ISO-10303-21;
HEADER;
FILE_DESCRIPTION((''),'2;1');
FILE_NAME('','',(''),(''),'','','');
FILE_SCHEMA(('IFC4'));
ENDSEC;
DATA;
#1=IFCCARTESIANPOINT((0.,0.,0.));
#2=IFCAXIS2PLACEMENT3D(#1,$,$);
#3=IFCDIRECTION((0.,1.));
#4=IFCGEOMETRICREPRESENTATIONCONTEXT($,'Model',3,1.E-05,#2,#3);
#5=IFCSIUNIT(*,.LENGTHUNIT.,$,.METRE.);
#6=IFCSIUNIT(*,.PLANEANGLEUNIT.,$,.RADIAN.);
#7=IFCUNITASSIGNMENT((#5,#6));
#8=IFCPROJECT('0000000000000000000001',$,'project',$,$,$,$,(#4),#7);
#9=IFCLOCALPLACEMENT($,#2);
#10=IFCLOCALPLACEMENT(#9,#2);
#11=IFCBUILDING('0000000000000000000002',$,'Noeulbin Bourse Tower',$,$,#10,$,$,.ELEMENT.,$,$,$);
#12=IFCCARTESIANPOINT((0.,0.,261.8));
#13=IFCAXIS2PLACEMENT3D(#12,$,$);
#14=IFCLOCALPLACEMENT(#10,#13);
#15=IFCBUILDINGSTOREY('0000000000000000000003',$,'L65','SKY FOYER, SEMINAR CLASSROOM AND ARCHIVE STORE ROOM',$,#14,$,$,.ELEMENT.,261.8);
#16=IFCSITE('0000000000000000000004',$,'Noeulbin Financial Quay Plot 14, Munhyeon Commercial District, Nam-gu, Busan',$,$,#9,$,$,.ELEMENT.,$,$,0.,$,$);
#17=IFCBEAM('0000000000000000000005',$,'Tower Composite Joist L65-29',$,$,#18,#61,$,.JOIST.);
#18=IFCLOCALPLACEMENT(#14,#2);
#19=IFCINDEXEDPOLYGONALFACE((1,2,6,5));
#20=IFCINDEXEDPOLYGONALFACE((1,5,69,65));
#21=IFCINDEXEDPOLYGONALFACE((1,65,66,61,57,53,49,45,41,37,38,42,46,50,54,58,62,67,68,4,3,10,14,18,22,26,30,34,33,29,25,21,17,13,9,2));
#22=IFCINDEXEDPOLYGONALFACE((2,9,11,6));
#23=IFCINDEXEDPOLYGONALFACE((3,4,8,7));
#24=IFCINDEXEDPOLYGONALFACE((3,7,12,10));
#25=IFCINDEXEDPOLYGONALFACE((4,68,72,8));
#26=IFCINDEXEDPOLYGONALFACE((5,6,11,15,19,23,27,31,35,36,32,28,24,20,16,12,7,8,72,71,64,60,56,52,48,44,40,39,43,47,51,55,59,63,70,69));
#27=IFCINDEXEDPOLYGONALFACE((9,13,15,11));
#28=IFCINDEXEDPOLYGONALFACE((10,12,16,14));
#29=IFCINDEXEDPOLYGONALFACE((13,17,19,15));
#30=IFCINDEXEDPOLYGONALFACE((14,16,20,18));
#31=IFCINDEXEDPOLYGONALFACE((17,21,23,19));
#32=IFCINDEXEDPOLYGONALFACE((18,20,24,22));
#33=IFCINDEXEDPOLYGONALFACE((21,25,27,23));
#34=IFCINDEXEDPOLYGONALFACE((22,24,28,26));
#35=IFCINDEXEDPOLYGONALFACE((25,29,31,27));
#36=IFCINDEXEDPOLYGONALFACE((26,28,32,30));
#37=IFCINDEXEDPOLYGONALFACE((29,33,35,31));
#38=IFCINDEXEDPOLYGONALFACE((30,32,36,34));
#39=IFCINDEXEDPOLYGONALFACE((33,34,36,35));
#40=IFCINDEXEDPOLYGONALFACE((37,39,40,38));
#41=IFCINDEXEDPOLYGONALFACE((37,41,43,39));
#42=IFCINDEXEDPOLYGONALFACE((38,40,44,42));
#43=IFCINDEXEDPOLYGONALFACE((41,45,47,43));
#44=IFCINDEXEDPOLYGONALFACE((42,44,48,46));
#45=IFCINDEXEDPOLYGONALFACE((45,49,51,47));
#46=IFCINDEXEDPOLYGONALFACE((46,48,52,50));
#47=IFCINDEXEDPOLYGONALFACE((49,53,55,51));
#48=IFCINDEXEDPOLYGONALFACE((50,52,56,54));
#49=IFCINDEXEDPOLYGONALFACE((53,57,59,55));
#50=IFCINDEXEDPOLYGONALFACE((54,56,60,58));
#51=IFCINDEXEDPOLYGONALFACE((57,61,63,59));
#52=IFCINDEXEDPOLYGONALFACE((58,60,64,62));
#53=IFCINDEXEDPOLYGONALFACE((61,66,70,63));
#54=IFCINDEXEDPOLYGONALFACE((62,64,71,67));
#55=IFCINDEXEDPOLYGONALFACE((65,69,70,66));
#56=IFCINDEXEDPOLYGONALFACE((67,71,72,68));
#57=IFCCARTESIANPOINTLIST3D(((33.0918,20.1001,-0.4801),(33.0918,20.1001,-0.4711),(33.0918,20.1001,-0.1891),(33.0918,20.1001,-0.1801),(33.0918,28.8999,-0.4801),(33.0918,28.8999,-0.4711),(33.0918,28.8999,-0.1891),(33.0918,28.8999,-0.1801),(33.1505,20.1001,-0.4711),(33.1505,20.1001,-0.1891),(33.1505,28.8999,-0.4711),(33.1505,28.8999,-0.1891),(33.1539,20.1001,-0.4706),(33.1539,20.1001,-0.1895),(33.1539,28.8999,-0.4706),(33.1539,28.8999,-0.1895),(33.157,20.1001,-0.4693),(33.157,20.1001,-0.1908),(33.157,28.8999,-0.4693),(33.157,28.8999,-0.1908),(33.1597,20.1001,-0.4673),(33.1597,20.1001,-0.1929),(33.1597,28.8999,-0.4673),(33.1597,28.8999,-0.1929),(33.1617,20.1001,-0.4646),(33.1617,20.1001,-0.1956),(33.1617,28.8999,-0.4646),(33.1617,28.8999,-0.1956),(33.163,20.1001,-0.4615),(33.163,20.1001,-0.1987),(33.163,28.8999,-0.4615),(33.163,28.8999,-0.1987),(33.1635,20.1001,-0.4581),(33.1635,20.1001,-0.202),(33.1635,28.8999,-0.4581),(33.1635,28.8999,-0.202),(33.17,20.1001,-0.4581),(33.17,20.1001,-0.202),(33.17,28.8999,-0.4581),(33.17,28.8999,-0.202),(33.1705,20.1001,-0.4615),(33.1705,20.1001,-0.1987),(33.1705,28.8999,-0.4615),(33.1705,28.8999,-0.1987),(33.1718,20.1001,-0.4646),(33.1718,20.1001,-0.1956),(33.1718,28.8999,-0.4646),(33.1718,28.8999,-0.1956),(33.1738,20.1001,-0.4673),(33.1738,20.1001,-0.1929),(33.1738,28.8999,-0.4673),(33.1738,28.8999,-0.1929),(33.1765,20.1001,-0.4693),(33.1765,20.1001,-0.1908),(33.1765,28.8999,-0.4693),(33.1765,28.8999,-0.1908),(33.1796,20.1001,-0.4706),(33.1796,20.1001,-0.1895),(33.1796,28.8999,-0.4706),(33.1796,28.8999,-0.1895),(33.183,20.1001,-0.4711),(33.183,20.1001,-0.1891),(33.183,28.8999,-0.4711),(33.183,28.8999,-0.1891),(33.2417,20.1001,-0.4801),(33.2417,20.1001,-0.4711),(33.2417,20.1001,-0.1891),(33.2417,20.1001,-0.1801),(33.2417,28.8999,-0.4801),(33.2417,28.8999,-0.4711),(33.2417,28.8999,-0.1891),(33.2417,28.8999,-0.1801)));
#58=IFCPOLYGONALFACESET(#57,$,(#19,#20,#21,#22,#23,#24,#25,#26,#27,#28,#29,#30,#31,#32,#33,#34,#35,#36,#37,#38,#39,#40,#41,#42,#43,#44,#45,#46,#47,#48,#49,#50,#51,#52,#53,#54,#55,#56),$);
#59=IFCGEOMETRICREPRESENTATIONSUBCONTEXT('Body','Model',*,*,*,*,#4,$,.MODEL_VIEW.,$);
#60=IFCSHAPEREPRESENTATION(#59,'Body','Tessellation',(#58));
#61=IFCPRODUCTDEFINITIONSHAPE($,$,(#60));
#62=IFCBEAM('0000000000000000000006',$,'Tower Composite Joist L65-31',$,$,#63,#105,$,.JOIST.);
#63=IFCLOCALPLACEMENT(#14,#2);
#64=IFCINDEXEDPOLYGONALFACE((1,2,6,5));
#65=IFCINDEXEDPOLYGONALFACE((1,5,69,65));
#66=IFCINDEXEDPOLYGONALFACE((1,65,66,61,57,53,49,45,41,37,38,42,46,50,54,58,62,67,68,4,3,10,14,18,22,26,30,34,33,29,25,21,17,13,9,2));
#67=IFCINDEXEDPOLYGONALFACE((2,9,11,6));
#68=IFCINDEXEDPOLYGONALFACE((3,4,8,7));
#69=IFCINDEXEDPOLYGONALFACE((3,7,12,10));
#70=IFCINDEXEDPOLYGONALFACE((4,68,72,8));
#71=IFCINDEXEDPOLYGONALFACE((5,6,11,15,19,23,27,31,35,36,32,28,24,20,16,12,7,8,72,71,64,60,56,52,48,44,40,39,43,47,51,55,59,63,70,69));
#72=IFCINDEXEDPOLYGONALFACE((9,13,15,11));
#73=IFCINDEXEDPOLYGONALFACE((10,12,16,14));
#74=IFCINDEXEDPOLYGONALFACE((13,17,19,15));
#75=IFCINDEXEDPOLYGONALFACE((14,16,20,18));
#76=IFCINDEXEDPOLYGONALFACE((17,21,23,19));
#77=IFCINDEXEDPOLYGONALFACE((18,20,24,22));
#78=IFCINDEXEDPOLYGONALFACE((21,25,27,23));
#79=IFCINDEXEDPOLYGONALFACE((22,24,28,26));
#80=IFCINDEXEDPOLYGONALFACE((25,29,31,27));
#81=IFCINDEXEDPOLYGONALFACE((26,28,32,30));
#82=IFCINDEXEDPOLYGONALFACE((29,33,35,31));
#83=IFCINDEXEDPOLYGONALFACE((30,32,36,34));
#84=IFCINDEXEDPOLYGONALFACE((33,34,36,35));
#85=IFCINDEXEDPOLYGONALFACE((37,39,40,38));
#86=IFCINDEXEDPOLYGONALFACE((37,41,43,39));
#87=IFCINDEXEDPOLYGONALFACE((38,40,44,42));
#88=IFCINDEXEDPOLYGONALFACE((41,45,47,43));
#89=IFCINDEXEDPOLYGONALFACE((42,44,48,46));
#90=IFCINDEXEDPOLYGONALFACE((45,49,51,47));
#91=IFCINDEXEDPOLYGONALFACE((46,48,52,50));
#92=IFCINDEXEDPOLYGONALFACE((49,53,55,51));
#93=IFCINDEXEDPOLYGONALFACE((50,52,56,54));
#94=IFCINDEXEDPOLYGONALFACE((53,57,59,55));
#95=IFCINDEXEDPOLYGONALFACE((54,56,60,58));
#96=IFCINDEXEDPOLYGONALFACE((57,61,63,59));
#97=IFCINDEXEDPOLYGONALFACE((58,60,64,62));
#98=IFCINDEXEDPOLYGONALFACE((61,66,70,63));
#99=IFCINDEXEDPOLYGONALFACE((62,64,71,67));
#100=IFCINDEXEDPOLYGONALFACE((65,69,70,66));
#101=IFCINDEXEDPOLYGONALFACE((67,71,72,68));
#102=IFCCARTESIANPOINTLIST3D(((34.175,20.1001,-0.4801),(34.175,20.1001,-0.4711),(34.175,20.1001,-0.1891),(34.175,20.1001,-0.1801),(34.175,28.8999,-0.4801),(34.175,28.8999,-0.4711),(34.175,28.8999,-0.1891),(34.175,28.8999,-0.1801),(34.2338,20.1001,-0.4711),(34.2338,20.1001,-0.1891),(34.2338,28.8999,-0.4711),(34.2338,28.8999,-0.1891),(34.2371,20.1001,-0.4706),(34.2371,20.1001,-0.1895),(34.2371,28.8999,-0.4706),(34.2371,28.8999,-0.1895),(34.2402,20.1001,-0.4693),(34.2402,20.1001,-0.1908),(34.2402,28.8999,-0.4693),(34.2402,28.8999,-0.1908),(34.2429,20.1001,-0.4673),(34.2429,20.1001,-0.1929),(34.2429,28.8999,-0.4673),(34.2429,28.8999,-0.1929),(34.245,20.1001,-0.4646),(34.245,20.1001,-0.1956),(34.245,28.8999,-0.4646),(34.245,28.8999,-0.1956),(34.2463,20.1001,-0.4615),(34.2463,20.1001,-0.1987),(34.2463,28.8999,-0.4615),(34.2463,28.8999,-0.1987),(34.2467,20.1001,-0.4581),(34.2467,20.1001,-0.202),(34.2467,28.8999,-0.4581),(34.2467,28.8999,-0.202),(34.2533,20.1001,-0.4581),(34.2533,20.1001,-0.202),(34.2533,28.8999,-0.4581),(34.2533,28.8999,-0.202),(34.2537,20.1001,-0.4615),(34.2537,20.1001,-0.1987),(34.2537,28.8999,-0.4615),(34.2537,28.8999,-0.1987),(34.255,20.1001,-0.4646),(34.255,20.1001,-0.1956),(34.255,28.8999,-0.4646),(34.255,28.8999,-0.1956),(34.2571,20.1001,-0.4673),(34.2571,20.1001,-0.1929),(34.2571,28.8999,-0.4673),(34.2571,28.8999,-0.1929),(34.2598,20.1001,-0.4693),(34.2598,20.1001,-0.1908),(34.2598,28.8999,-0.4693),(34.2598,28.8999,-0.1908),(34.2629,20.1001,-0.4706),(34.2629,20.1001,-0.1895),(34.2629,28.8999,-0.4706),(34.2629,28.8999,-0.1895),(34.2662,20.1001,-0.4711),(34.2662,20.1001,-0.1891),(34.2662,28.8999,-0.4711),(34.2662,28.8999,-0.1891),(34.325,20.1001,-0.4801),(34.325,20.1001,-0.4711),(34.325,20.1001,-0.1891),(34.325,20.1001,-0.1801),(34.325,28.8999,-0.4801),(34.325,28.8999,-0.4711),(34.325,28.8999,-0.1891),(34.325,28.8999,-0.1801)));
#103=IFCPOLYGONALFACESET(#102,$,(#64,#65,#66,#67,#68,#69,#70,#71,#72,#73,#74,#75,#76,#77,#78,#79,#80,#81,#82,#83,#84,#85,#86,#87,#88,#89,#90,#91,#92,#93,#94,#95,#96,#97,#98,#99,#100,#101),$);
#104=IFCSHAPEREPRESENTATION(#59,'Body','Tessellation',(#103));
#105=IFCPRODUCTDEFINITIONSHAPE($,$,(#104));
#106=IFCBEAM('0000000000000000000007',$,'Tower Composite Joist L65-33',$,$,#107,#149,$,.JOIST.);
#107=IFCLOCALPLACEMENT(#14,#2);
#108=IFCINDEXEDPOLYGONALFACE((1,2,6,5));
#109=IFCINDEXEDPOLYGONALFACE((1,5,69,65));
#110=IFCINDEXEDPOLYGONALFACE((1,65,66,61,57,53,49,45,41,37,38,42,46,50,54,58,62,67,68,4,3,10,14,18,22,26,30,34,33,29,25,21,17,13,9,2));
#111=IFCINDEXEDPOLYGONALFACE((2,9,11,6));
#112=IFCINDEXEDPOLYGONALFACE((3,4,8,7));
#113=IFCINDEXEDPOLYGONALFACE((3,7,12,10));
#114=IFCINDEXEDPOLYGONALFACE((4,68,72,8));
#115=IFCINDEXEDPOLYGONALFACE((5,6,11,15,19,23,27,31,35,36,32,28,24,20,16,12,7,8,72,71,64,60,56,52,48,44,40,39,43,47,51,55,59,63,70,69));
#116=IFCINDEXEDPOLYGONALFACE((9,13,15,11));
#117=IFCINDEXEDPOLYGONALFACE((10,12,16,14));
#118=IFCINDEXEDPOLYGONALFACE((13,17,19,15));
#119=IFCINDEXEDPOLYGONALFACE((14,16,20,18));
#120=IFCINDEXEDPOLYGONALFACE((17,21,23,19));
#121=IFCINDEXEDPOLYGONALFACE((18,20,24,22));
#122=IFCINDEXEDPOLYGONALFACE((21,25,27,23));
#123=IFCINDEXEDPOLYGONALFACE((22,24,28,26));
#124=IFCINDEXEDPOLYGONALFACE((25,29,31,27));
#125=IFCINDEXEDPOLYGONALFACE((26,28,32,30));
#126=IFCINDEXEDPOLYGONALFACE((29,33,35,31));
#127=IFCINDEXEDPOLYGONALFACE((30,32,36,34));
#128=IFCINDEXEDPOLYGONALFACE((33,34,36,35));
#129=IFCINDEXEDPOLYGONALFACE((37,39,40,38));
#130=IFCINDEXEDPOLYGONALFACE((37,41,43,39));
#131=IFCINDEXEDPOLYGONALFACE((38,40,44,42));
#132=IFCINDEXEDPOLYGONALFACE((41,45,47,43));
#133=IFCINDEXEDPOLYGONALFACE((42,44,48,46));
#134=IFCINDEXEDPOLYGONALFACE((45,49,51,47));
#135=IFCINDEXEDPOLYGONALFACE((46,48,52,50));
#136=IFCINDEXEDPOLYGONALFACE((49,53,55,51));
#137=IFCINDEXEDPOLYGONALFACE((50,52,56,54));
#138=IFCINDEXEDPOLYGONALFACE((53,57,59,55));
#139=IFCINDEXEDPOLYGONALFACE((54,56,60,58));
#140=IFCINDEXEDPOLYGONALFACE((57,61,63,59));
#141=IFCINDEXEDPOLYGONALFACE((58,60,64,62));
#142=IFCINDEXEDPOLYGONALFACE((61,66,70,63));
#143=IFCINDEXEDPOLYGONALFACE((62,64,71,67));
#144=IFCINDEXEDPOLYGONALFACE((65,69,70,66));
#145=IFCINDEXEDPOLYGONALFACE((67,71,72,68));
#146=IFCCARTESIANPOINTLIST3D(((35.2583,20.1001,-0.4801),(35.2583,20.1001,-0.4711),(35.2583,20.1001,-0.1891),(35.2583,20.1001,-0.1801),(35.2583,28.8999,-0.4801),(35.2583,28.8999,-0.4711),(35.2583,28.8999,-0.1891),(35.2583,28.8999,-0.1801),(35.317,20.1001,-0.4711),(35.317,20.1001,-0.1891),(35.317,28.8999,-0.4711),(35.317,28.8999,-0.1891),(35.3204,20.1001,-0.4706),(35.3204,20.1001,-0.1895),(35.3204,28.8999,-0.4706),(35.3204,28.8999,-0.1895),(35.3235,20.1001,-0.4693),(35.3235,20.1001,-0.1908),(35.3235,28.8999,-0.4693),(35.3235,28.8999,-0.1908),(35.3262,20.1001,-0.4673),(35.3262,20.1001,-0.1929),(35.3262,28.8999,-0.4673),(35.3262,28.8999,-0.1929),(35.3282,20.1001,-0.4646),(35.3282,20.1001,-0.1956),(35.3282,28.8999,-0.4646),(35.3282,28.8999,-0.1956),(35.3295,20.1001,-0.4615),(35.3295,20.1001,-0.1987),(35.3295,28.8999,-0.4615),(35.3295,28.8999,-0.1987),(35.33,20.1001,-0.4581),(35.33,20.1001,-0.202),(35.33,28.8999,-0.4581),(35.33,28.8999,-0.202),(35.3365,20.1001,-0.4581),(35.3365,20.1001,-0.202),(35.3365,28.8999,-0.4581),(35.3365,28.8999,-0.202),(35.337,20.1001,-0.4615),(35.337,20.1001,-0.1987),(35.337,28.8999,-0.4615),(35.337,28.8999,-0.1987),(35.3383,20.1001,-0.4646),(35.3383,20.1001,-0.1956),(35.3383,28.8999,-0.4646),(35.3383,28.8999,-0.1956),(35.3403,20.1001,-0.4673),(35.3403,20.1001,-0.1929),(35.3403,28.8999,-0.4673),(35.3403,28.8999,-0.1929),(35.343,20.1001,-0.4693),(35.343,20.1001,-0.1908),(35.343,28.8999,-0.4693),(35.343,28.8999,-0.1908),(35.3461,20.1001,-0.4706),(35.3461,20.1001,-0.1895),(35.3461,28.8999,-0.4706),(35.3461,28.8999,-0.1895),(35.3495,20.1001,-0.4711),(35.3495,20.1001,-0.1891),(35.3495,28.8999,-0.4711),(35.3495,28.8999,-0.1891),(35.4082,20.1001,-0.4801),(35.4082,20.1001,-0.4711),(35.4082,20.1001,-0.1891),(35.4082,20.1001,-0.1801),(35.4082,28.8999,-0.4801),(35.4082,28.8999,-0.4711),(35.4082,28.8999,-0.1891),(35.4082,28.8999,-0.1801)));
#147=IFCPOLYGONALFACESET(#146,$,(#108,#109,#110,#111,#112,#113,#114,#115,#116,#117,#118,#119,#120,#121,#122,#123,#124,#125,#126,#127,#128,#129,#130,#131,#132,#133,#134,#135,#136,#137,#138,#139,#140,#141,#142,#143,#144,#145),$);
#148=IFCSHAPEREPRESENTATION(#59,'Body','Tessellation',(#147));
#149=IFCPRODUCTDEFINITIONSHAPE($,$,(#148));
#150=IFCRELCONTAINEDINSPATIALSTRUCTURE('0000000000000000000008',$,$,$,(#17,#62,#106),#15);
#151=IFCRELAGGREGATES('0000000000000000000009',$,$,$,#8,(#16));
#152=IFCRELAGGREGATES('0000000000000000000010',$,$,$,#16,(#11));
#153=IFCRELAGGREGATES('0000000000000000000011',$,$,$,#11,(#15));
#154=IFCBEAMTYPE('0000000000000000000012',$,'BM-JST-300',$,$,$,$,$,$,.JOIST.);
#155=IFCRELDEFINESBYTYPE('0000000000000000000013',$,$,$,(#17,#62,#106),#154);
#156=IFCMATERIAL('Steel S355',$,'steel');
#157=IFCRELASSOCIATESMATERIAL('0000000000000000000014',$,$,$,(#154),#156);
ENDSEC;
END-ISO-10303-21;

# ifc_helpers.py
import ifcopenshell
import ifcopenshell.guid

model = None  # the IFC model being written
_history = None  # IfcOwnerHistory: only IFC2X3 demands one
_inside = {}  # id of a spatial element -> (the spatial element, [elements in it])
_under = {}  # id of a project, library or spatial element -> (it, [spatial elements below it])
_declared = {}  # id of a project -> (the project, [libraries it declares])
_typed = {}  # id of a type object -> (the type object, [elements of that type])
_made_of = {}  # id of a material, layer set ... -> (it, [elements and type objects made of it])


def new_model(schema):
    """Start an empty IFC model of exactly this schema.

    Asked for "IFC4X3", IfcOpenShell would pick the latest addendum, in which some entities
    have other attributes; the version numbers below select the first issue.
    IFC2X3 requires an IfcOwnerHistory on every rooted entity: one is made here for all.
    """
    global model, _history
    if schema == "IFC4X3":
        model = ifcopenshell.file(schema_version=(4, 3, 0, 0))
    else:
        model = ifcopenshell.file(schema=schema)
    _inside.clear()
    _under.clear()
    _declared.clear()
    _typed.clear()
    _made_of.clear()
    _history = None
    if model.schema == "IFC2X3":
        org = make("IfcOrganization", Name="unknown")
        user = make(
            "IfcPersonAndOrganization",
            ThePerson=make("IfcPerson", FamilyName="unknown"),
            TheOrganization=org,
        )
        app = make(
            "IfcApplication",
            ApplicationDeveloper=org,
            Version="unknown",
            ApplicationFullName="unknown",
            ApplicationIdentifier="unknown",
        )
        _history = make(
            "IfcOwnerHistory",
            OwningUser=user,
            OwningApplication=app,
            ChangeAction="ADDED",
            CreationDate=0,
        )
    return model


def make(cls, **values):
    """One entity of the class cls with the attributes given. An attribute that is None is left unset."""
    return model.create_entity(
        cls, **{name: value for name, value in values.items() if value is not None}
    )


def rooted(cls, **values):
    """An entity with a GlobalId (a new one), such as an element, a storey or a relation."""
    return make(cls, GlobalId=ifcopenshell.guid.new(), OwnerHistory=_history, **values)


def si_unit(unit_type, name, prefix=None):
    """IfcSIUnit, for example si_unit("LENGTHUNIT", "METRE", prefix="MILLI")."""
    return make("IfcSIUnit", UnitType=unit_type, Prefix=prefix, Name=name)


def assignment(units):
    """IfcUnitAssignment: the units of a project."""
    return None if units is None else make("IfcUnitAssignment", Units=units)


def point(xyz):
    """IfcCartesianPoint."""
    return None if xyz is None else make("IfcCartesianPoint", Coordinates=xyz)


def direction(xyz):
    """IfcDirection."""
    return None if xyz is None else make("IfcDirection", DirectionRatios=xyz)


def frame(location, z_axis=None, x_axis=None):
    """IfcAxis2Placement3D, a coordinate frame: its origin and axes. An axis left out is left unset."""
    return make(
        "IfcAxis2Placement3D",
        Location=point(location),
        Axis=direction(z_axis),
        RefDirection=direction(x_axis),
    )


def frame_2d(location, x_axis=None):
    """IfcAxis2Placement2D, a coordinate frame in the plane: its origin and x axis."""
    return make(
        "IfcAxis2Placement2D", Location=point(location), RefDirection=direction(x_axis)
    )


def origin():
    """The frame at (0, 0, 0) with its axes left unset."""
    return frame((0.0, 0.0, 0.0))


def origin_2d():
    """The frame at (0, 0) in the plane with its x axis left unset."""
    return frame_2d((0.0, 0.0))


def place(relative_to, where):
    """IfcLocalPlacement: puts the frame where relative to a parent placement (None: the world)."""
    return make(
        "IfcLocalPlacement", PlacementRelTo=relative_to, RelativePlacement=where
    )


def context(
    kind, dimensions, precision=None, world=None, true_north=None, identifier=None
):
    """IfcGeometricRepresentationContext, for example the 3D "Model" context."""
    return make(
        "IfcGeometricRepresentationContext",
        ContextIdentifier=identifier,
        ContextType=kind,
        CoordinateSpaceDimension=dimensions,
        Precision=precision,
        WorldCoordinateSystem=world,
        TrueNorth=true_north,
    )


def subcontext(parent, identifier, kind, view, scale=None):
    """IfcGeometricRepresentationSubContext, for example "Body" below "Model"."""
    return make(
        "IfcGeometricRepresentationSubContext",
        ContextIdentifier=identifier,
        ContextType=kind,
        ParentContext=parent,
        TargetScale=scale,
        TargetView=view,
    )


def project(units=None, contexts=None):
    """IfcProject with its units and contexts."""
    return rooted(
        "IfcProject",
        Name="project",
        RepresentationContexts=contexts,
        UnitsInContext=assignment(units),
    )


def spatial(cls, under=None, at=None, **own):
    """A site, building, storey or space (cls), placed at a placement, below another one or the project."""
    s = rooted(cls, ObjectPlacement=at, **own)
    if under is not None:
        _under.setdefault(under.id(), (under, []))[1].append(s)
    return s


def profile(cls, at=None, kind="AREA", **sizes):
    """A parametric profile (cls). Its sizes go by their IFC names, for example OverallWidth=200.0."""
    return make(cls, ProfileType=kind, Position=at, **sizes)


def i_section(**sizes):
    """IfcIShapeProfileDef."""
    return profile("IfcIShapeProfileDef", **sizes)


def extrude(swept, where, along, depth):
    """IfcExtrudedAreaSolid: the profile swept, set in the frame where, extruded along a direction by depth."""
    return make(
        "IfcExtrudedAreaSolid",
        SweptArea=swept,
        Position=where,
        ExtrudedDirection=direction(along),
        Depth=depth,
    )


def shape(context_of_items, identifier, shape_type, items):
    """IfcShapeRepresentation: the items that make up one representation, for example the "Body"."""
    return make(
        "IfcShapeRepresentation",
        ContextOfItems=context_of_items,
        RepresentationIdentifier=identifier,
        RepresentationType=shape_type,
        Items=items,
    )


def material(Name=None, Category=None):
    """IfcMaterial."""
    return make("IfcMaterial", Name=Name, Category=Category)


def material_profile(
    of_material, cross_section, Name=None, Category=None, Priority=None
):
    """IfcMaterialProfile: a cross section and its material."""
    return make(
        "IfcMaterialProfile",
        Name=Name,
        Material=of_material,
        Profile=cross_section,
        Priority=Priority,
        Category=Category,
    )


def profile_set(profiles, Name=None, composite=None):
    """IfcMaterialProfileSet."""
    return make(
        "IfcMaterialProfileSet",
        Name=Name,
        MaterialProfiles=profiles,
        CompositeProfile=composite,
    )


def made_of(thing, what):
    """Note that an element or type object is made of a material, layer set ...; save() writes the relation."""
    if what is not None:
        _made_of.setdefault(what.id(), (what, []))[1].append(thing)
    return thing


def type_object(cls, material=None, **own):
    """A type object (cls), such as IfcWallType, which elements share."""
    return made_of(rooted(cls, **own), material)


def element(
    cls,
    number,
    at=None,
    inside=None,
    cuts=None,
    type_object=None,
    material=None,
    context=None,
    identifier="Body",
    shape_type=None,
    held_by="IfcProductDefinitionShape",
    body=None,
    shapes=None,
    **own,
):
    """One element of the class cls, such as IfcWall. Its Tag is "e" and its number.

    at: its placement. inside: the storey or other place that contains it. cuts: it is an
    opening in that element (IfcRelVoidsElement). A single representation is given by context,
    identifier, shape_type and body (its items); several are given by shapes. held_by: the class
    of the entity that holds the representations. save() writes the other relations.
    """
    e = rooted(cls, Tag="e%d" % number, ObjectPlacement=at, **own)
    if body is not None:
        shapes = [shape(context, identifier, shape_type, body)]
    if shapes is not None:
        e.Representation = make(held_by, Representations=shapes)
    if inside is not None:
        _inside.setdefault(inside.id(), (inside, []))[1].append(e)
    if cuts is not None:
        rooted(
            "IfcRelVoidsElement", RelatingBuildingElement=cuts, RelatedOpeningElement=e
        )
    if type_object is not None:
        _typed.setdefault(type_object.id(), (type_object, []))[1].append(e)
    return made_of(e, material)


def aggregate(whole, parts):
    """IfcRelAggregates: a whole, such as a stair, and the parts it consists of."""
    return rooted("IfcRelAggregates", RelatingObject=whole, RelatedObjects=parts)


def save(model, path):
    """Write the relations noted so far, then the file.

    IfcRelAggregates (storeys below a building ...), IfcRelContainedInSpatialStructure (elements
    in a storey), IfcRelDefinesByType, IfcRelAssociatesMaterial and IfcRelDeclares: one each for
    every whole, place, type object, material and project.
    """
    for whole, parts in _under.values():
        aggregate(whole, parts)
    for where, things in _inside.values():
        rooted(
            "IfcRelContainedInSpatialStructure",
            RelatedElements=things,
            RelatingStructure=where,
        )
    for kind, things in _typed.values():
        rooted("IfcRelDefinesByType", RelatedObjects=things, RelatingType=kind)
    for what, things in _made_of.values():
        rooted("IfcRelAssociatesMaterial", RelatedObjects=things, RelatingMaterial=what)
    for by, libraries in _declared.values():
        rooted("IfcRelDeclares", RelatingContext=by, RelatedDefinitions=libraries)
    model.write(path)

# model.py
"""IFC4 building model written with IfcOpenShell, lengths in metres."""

from ifc_helpers import new_model, si_unit, direction, frame, origin, origin_2d, place, context, subcontext, project, spatial, i_section, extrude, material, material_profile, profile_set, type_object, element, save


model = new_model("IFC4")

# Units and contexts
model_context = context("Model", 3, precision=1e-05, world=origin(), true_north=direction((0.0, 1.0)))
body_context = subcontext(model_context, "Body", "Model", "MODEL_VIEW")
ifc_project = project(units=[si_unit("LENGTHUNIT", "METRE"), si_unit("PLANEANGLEUNIT", "RADIAN")], contexts=[model_context])

# Site, building, storey
site_placement = place(None, origin())
site = spatial("IfcSite", under=ifc_project, at=site_placement, Name="Noeulbin Financial Quay Plot 14, Munhyeon Commercial District, Nam-gu, Busan", CompositionType="ELEMENT", RefElevation=0.0)
building_placement = place(site_placement, origin())
building = spatial("IfcBuilding", under=site, at=building_placement, Name="Noeulbin Bourse Tower", CompositionType="ELEMENT")
storey_placement = place(building_placement, frame((0.0, 0.0, 261.8)))
storey = spatial("IfcBuildingStorey", under=building, at=storey_placement, Name="L65", Description="SKY FOYER, SEMINAR CLASSROOM AND ARCHIVE STORE ROOM", CompositionType="ELEMENT", Elevation=261.8)

# Shared definitions
ifc_material_1 = material(Name="Steel S355", Category="steel")

# Beams
ifc_material_profile_1 = material_profile(ifc_material_1, i_section(OverallWidth=0.1499, OverallDepth=0.3, WebThickness=0.0066, FlangeThickness=0.009, FilletRadius=0.0129, at=origin_2d()), Name="H-300x150x6.5x9", Category="LoadBearing")
ifc_profile_set_1 = profile_set([ifc_material_profile_1], Name="Steel S355")
beam_type_1 = type_object("IfcBeamType", Name="BM-JST-300", PredefinedType="JOIST", material=ifc_profile_set_1)
for number, where, z_axis, x_axis, name in (
    (1, (33.1667, 20.1001, -0.3301), (0.0, 1.0, 0.0), (-1.0, 0.0, 0.0), "Tower Composite Joist L65-29"),
    (2, (34.25, 20.1001, -0.3301), (0.0, 1.0, 0.0), (-1.0, 0.0, 0.0), "Tower Composite Joist L65-31"),
    (3, (35.3333, 20.1001, -0.3301), (0.0, 1.0, 0.0), (-1.0, 0.0, 0.0), "Tower Composite Joist L65-33"),
):
    element("IfcBeam", number, at=place(storey_placement, frame(where, z_axis=z_axis, x_axis=x_axis)), inside=storey, type_object=beam_type_1, Name=name, PredefinedType="JOIST", context=body_context, shape_type="SweptSolid", body=[
        extrude(i_section(OverallWidth=0.1499, OverallDepth=0.3, WebThickness=0.0066, FlangeThickness=0.009, FilletRadius=0.0129, at=origin_2d()), origin(), (0.0, 0.0, 1.0), 8.7998),
    ])

save(model, "model.ifc")
